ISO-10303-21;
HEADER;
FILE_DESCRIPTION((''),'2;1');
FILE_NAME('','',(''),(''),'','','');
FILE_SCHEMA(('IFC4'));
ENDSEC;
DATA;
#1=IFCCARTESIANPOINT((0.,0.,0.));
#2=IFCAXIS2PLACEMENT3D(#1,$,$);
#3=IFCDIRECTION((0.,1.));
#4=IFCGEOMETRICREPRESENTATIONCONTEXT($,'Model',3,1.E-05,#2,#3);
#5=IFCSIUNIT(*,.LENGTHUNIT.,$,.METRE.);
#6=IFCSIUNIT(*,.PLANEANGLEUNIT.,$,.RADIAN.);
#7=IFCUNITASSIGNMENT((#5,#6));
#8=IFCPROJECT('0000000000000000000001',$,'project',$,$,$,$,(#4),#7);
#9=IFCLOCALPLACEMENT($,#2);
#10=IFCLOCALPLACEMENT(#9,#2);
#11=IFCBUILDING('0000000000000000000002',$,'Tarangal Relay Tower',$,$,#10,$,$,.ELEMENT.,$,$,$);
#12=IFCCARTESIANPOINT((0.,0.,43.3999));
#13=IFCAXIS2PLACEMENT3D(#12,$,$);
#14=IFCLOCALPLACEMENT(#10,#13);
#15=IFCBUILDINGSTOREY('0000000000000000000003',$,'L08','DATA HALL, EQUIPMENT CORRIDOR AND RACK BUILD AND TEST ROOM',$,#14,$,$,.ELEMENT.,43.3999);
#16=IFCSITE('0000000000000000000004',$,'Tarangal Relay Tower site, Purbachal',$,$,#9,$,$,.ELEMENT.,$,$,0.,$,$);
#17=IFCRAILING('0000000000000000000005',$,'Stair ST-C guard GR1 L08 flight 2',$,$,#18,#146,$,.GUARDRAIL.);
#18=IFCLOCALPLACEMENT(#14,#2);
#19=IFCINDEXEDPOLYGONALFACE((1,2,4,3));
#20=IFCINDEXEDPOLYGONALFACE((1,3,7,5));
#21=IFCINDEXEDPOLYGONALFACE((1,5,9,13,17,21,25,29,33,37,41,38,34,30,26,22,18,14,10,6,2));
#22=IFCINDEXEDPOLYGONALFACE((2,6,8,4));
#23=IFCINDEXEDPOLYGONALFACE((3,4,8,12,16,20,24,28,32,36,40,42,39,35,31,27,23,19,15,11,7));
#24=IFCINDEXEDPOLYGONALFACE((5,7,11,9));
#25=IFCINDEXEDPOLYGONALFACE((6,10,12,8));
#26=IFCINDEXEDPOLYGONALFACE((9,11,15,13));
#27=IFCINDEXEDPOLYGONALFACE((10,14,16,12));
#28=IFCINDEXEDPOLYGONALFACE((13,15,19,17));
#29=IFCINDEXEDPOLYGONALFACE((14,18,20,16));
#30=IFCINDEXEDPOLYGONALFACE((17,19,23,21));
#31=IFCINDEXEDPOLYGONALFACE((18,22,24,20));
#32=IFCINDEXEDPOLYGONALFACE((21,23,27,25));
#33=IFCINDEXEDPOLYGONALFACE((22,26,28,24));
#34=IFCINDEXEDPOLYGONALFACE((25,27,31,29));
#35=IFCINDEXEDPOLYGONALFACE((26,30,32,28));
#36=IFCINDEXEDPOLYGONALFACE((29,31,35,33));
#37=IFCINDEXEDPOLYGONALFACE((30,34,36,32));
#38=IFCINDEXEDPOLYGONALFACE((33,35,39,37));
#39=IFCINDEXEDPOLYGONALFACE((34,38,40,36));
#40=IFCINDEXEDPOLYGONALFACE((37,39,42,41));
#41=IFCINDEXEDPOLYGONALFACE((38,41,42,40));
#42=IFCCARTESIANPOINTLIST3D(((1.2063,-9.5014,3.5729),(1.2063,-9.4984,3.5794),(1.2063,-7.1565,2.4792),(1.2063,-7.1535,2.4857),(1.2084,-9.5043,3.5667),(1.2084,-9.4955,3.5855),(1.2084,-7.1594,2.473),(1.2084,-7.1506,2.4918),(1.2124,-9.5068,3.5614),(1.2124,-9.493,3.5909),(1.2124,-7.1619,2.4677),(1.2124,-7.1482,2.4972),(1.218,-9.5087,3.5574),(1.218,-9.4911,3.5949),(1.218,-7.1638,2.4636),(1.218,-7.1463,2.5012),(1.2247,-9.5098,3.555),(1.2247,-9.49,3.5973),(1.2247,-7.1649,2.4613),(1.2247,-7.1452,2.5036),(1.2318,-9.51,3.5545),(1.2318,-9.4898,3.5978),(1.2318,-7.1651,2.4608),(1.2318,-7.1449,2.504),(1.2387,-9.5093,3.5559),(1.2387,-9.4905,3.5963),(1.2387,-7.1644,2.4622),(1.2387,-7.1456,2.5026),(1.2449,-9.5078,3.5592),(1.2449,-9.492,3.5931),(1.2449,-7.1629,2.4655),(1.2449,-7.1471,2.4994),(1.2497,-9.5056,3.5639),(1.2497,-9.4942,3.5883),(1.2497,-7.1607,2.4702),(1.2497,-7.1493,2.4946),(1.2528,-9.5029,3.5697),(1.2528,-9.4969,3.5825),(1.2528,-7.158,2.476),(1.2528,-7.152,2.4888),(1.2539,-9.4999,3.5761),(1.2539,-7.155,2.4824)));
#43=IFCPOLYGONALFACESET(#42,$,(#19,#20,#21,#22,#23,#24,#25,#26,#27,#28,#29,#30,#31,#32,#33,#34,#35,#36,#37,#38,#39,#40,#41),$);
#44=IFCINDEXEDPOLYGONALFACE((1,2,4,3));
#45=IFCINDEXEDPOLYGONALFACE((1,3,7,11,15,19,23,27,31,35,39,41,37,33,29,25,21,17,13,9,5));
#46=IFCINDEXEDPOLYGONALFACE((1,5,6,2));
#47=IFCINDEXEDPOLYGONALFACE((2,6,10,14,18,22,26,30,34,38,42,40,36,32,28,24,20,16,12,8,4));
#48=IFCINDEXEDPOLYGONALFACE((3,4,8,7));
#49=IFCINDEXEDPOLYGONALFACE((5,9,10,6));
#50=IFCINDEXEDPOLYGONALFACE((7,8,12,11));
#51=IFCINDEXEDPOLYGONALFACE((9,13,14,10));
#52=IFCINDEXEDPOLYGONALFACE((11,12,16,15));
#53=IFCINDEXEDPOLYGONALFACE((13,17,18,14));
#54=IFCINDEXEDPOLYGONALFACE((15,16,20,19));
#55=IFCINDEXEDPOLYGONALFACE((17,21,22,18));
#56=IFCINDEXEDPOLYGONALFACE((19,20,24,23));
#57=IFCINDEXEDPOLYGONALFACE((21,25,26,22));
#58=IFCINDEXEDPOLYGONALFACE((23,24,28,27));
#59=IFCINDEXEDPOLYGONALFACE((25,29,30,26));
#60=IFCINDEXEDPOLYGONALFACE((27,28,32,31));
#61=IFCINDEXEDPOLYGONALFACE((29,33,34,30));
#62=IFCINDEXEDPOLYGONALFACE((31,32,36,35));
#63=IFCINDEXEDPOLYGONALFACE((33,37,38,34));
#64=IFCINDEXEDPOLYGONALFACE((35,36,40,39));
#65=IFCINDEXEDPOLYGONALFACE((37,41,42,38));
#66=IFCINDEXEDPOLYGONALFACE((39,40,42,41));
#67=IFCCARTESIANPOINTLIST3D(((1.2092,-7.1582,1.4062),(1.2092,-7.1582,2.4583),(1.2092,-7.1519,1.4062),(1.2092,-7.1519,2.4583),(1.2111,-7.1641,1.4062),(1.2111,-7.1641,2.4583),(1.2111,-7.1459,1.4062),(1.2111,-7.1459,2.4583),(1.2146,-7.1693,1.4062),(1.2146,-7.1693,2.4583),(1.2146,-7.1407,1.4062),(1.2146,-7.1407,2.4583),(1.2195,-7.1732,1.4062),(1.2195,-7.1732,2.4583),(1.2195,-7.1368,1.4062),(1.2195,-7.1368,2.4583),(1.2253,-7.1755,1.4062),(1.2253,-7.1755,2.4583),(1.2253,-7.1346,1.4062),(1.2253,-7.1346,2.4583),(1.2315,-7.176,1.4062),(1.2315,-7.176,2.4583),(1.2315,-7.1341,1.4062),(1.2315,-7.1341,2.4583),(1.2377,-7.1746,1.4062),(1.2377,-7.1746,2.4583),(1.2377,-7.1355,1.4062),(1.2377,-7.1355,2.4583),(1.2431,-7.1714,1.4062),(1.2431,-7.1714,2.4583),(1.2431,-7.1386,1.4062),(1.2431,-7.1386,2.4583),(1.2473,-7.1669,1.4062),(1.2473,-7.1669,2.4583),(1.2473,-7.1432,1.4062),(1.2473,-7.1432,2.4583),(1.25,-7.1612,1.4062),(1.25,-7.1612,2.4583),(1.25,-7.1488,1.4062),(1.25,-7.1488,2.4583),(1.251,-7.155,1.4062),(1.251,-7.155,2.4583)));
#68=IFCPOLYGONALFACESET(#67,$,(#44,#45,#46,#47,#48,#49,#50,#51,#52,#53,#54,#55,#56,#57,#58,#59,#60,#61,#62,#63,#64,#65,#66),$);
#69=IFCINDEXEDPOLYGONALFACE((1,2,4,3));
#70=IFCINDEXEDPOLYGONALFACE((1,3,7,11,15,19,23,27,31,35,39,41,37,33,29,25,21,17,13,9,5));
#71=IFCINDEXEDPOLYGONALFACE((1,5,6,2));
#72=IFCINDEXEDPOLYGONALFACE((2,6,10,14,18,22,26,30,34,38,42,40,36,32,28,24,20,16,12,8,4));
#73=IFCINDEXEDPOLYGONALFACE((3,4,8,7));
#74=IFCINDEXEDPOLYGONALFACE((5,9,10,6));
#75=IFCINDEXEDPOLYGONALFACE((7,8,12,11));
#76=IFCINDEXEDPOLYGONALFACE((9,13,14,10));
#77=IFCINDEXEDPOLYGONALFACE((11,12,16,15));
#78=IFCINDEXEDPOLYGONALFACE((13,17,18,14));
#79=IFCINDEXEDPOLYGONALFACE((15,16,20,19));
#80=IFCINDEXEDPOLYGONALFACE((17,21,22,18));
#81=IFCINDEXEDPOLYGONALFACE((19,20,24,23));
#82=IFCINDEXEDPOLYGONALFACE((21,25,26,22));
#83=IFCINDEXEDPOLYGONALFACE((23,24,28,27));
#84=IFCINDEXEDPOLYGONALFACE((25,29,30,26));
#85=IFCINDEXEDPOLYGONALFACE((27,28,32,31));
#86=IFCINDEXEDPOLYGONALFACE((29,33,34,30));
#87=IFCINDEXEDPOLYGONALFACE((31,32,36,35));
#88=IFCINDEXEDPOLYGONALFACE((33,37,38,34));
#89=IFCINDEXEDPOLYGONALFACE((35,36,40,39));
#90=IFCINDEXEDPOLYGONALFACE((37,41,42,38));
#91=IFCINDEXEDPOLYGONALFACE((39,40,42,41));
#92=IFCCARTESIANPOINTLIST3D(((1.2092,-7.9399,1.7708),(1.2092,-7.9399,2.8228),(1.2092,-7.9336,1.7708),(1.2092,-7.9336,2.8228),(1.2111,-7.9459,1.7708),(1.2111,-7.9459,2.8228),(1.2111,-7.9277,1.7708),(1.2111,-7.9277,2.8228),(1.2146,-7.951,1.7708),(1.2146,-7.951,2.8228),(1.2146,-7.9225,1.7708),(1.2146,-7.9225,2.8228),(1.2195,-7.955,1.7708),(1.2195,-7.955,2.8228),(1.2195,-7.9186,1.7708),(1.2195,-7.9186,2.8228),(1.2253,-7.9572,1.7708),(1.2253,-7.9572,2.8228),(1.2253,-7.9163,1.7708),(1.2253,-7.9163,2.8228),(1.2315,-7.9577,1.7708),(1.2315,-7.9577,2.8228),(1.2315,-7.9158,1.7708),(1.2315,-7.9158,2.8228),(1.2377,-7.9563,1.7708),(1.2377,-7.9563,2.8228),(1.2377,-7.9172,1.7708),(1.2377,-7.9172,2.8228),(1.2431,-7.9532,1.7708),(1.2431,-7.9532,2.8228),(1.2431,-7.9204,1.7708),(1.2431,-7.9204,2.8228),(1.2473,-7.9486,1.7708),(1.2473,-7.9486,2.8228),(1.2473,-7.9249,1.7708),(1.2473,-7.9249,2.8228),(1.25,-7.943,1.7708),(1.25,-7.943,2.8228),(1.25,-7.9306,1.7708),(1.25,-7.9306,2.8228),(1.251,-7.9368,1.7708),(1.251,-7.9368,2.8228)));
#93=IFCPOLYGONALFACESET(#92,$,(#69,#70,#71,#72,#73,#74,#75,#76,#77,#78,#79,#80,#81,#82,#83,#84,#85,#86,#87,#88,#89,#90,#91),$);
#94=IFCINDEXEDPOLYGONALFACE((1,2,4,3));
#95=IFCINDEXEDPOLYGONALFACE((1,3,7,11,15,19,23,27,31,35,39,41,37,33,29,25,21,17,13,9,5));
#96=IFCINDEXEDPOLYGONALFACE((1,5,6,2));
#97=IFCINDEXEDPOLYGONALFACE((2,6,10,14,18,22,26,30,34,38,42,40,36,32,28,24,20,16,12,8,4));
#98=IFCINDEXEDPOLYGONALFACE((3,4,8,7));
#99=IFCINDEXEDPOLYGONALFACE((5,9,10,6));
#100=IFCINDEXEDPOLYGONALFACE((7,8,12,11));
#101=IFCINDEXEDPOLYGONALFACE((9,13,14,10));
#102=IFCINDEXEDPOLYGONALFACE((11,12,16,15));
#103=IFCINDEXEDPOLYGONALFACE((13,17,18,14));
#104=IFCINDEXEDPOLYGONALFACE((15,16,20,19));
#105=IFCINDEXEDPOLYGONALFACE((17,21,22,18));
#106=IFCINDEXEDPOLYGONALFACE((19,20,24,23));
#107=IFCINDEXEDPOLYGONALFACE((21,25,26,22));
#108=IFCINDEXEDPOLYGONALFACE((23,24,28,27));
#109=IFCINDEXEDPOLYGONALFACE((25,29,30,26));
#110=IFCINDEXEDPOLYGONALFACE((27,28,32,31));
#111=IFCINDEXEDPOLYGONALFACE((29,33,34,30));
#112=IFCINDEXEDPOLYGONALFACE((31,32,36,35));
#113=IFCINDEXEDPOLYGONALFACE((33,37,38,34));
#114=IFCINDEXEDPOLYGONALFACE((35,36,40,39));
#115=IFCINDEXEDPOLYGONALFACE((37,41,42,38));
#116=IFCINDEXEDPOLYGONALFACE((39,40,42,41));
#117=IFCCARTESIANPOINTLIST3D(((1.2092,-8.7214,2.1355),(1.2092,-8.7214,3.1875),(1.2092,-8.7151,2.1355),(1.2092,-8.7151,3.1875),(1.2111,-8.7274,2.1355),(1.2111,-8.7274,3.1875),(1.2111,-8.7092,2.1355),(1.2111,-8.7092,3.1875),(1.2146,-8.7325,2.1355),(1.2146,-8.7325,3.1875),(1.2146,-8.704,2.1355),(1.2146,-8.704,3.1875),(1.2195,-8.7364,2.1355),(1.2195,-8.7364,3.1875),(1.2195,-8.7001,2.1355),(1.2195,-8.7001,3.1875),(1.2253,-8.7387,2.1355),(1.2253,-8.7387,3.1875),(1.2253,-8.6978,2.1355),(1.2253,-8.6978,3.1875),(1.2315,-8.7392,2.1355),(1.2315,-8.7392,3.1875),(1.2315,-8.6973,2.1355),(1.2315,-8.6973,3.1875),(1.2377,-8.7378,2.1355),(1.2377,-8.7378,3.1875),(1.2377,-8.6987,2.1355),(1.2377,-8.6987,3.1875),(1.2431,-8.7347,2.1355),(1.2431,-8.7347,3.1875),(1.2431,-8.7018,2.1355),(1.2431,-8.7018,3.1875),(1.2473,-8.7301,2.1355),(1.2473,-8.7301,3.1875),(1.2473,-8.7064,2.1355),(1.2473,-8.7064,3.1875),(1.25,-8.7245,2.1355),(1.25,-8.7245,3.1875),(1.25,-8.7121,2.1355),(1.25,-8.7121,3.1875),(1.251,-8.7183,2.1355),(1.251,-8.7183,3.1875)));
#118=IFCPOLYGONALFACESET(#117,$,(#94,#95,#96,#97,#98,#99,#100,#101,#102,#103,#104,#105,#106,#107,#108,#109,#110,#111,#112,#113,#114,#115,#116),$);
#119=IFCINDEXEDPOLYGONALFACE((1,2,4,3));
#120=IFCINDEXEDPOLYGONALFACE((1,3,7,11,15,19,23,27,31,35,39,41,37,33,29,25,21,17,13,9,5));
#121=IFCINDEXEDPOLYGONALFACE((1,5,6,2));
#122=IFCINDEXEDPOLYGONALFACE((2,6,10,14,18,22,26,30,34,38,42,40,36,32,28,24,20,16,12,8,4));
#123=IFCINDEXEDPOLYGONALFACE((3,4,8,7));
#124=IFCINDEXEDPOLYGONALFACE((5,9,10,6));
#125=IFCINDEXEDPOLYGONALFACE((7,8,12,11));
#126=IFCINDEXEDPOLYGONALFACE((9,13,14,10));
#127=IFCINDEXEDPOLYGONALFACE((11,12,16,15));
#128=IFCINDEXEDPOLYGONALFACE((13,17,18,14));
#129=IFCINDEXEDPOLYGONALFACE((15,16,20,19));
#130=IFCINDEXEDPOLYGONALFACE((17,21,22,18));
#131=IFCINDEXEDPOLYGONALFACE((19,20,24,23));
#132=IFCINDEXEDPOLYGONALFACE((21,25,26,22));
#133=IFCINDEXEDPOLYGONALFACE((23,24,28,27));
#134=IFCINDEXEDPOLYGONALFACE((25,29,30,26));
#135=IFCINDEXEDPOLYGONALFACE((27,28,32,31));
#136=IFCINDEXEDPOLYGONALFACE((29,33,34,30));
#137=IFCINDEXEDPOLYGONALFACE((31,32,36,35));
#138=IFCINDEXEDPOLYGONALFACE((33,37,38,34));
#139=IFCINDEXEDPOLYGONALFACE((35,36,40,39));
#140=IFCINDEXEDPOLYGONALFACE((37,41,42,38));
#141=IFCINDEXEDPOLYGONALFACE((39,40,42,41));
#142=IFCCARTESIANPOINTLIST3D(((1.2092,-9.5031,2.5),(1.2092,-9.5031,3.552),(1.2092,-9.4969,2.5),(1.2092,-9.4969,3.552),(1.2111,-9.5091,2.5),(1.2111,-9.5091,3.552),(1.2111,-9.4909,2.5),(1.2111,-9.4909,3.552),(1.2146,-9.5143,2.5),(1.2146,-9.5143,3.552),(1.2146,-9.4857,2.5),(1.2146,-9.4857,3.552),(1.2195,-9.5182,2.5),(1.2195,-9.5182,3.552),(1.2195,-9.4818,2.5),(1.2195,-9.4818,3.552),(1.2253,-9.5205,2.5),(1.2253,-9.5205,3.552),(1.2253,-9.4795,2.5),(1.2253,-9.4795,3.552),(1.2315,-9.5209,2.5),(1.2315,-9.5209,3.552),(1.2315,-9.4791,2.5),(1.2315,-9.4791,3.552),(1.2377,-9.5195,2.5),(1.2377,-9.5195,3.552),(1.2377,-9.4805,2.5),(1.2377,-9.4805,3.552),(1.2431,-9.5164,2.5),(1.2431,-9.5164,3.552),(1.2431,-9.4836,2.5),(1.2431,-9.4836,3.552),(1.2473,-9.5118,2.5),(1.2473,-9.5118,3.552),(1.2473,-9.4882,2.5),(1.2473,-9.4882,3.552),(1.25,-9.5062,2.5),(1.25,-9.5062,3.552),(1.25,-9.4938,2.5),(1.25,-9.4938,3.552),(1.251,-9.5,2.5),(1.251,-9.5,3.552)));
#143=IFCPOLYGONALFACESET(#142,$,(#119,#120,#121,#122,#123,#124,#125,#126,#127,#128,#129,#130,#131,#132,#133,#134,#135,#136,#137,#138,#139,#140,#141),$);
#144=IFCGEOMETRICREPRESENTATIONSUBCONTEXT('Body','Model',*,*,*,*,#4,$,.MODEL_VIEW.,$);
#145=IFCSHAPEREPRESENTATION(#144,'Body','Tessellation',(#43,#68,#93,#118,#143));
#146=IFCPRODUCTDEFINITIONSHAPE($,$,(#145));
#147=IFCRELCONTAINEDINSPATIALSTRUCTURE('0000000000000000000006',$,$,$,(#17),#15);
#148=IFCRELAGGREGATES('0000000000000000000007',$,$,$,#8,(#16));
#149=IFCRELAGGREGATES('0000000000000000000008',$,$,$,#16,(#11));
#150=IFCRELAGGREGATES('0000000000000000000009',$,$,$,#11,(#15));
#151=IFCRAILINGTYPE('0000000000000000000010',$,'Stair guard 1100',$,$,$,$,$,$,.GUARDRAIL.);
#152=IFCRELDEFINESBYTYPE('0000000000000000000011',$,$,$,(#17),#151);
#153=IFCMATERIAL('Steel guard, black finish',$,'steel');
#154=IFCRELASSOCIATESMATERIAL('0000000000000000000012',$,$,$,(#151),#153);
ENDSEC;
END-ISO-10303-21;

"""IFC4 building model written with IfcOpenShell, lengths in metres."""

from ifc_helpers import new_model, si_unit, direction, frame, origin, origin_2d, place, context, subcontext, project, spatial, circle, extrude, material, type_object, element, save


model = new_model("IFC4")

# Units and contexts
model_context = context("Model", 3, precision=1e-05, world=origin(), true_north=direction((0.0, 1.0)))
body_context = subcontext(model_context, "Body", "Model", "MODEL_VIEW")
ifc_project = project(units=[si_unit("LENGTHUNIT", "METRE"), si_unit("PLANEANGLEUNIT", "RADIAN")], contexts=[model_context])

# Site, building, storey
site_placement = place(None, origin())
site = spatial("IfcSite", under=ifc_project, at=site_placement, Name="Tarangal Relay Tower site, Purbachal", CompositionType="ELEMENT", RefElevation=0.0)
building_placement = place(site_placement, origin())
building = spatial("IfcBuilding", under=site, at=building_placement, Name="Tarangal Relay Tower", CompositionType="ELEMENT")
storey_placement = place(building_placement, frame((0.0, 0.0, 43.3999)))
storey = spatial("IfcBuildingStorey", under=building, at=storey_placement, Name="L08", Description="DATA HALL, EQUIPMENT CORRIDOR AND RACK BUILD AND TEST ROOM", CompositionType="ELEMENT", Elevation=43.3999)

# Railing
ifc_material_1 = material(Name="Steel guard, black finish", Category="steel")
railing_type_1 = type_object("IfcRailingType", Name="Stair guard 1100", PredefinedType="GUARDRAIL", material=ifc_material_1)
for number, where, name in (
    (1, (1.23, -7.155, 1.4062), "Stair ST-C guard GR1 L08 flight 2"),
):
    element("IfcRailing", number, at=place(storey_placement, frame(where)), inside=storey, type_object=railing_type_1, Name=name, PredefinedType="GUARDRAIL", context=body_context, shape_type="SweptSolid", body=[
        extrude(circle(Radius=0.0239, at=origin_2d()), frame((0.0, 0.0, 1.0762), z_axis=(0.0, -0.906267, 0.422705), x_axis=(1.0, 0.0, 0.0)), (0.0, 0.0, 1.0), 2.5874),
        extrude(circle(Radius=0.021, at=origin_2d()), origin(), (0.0, 0.0, 1.0), 1.052),
        extrude(circle(Radius=0.021, at=origin_2d()), frame((0.0, -0.7817, 0.3645)), (0.0, 0.0, 1.0), 1.052),
        extrude(circle(Radius=0.021, at=origin_2d()), frame((0.0, -1.5632, 0.7292)), (0.0, 0.0, 1.0), 1.052),
        extrude(circle(Radius=0.021, at=origin_2d()), frame((0.0, -2.345, 1.0938)), (0.0, 0.0, 1.0), 1.052),
    ])

save(model, "model.ifc")
